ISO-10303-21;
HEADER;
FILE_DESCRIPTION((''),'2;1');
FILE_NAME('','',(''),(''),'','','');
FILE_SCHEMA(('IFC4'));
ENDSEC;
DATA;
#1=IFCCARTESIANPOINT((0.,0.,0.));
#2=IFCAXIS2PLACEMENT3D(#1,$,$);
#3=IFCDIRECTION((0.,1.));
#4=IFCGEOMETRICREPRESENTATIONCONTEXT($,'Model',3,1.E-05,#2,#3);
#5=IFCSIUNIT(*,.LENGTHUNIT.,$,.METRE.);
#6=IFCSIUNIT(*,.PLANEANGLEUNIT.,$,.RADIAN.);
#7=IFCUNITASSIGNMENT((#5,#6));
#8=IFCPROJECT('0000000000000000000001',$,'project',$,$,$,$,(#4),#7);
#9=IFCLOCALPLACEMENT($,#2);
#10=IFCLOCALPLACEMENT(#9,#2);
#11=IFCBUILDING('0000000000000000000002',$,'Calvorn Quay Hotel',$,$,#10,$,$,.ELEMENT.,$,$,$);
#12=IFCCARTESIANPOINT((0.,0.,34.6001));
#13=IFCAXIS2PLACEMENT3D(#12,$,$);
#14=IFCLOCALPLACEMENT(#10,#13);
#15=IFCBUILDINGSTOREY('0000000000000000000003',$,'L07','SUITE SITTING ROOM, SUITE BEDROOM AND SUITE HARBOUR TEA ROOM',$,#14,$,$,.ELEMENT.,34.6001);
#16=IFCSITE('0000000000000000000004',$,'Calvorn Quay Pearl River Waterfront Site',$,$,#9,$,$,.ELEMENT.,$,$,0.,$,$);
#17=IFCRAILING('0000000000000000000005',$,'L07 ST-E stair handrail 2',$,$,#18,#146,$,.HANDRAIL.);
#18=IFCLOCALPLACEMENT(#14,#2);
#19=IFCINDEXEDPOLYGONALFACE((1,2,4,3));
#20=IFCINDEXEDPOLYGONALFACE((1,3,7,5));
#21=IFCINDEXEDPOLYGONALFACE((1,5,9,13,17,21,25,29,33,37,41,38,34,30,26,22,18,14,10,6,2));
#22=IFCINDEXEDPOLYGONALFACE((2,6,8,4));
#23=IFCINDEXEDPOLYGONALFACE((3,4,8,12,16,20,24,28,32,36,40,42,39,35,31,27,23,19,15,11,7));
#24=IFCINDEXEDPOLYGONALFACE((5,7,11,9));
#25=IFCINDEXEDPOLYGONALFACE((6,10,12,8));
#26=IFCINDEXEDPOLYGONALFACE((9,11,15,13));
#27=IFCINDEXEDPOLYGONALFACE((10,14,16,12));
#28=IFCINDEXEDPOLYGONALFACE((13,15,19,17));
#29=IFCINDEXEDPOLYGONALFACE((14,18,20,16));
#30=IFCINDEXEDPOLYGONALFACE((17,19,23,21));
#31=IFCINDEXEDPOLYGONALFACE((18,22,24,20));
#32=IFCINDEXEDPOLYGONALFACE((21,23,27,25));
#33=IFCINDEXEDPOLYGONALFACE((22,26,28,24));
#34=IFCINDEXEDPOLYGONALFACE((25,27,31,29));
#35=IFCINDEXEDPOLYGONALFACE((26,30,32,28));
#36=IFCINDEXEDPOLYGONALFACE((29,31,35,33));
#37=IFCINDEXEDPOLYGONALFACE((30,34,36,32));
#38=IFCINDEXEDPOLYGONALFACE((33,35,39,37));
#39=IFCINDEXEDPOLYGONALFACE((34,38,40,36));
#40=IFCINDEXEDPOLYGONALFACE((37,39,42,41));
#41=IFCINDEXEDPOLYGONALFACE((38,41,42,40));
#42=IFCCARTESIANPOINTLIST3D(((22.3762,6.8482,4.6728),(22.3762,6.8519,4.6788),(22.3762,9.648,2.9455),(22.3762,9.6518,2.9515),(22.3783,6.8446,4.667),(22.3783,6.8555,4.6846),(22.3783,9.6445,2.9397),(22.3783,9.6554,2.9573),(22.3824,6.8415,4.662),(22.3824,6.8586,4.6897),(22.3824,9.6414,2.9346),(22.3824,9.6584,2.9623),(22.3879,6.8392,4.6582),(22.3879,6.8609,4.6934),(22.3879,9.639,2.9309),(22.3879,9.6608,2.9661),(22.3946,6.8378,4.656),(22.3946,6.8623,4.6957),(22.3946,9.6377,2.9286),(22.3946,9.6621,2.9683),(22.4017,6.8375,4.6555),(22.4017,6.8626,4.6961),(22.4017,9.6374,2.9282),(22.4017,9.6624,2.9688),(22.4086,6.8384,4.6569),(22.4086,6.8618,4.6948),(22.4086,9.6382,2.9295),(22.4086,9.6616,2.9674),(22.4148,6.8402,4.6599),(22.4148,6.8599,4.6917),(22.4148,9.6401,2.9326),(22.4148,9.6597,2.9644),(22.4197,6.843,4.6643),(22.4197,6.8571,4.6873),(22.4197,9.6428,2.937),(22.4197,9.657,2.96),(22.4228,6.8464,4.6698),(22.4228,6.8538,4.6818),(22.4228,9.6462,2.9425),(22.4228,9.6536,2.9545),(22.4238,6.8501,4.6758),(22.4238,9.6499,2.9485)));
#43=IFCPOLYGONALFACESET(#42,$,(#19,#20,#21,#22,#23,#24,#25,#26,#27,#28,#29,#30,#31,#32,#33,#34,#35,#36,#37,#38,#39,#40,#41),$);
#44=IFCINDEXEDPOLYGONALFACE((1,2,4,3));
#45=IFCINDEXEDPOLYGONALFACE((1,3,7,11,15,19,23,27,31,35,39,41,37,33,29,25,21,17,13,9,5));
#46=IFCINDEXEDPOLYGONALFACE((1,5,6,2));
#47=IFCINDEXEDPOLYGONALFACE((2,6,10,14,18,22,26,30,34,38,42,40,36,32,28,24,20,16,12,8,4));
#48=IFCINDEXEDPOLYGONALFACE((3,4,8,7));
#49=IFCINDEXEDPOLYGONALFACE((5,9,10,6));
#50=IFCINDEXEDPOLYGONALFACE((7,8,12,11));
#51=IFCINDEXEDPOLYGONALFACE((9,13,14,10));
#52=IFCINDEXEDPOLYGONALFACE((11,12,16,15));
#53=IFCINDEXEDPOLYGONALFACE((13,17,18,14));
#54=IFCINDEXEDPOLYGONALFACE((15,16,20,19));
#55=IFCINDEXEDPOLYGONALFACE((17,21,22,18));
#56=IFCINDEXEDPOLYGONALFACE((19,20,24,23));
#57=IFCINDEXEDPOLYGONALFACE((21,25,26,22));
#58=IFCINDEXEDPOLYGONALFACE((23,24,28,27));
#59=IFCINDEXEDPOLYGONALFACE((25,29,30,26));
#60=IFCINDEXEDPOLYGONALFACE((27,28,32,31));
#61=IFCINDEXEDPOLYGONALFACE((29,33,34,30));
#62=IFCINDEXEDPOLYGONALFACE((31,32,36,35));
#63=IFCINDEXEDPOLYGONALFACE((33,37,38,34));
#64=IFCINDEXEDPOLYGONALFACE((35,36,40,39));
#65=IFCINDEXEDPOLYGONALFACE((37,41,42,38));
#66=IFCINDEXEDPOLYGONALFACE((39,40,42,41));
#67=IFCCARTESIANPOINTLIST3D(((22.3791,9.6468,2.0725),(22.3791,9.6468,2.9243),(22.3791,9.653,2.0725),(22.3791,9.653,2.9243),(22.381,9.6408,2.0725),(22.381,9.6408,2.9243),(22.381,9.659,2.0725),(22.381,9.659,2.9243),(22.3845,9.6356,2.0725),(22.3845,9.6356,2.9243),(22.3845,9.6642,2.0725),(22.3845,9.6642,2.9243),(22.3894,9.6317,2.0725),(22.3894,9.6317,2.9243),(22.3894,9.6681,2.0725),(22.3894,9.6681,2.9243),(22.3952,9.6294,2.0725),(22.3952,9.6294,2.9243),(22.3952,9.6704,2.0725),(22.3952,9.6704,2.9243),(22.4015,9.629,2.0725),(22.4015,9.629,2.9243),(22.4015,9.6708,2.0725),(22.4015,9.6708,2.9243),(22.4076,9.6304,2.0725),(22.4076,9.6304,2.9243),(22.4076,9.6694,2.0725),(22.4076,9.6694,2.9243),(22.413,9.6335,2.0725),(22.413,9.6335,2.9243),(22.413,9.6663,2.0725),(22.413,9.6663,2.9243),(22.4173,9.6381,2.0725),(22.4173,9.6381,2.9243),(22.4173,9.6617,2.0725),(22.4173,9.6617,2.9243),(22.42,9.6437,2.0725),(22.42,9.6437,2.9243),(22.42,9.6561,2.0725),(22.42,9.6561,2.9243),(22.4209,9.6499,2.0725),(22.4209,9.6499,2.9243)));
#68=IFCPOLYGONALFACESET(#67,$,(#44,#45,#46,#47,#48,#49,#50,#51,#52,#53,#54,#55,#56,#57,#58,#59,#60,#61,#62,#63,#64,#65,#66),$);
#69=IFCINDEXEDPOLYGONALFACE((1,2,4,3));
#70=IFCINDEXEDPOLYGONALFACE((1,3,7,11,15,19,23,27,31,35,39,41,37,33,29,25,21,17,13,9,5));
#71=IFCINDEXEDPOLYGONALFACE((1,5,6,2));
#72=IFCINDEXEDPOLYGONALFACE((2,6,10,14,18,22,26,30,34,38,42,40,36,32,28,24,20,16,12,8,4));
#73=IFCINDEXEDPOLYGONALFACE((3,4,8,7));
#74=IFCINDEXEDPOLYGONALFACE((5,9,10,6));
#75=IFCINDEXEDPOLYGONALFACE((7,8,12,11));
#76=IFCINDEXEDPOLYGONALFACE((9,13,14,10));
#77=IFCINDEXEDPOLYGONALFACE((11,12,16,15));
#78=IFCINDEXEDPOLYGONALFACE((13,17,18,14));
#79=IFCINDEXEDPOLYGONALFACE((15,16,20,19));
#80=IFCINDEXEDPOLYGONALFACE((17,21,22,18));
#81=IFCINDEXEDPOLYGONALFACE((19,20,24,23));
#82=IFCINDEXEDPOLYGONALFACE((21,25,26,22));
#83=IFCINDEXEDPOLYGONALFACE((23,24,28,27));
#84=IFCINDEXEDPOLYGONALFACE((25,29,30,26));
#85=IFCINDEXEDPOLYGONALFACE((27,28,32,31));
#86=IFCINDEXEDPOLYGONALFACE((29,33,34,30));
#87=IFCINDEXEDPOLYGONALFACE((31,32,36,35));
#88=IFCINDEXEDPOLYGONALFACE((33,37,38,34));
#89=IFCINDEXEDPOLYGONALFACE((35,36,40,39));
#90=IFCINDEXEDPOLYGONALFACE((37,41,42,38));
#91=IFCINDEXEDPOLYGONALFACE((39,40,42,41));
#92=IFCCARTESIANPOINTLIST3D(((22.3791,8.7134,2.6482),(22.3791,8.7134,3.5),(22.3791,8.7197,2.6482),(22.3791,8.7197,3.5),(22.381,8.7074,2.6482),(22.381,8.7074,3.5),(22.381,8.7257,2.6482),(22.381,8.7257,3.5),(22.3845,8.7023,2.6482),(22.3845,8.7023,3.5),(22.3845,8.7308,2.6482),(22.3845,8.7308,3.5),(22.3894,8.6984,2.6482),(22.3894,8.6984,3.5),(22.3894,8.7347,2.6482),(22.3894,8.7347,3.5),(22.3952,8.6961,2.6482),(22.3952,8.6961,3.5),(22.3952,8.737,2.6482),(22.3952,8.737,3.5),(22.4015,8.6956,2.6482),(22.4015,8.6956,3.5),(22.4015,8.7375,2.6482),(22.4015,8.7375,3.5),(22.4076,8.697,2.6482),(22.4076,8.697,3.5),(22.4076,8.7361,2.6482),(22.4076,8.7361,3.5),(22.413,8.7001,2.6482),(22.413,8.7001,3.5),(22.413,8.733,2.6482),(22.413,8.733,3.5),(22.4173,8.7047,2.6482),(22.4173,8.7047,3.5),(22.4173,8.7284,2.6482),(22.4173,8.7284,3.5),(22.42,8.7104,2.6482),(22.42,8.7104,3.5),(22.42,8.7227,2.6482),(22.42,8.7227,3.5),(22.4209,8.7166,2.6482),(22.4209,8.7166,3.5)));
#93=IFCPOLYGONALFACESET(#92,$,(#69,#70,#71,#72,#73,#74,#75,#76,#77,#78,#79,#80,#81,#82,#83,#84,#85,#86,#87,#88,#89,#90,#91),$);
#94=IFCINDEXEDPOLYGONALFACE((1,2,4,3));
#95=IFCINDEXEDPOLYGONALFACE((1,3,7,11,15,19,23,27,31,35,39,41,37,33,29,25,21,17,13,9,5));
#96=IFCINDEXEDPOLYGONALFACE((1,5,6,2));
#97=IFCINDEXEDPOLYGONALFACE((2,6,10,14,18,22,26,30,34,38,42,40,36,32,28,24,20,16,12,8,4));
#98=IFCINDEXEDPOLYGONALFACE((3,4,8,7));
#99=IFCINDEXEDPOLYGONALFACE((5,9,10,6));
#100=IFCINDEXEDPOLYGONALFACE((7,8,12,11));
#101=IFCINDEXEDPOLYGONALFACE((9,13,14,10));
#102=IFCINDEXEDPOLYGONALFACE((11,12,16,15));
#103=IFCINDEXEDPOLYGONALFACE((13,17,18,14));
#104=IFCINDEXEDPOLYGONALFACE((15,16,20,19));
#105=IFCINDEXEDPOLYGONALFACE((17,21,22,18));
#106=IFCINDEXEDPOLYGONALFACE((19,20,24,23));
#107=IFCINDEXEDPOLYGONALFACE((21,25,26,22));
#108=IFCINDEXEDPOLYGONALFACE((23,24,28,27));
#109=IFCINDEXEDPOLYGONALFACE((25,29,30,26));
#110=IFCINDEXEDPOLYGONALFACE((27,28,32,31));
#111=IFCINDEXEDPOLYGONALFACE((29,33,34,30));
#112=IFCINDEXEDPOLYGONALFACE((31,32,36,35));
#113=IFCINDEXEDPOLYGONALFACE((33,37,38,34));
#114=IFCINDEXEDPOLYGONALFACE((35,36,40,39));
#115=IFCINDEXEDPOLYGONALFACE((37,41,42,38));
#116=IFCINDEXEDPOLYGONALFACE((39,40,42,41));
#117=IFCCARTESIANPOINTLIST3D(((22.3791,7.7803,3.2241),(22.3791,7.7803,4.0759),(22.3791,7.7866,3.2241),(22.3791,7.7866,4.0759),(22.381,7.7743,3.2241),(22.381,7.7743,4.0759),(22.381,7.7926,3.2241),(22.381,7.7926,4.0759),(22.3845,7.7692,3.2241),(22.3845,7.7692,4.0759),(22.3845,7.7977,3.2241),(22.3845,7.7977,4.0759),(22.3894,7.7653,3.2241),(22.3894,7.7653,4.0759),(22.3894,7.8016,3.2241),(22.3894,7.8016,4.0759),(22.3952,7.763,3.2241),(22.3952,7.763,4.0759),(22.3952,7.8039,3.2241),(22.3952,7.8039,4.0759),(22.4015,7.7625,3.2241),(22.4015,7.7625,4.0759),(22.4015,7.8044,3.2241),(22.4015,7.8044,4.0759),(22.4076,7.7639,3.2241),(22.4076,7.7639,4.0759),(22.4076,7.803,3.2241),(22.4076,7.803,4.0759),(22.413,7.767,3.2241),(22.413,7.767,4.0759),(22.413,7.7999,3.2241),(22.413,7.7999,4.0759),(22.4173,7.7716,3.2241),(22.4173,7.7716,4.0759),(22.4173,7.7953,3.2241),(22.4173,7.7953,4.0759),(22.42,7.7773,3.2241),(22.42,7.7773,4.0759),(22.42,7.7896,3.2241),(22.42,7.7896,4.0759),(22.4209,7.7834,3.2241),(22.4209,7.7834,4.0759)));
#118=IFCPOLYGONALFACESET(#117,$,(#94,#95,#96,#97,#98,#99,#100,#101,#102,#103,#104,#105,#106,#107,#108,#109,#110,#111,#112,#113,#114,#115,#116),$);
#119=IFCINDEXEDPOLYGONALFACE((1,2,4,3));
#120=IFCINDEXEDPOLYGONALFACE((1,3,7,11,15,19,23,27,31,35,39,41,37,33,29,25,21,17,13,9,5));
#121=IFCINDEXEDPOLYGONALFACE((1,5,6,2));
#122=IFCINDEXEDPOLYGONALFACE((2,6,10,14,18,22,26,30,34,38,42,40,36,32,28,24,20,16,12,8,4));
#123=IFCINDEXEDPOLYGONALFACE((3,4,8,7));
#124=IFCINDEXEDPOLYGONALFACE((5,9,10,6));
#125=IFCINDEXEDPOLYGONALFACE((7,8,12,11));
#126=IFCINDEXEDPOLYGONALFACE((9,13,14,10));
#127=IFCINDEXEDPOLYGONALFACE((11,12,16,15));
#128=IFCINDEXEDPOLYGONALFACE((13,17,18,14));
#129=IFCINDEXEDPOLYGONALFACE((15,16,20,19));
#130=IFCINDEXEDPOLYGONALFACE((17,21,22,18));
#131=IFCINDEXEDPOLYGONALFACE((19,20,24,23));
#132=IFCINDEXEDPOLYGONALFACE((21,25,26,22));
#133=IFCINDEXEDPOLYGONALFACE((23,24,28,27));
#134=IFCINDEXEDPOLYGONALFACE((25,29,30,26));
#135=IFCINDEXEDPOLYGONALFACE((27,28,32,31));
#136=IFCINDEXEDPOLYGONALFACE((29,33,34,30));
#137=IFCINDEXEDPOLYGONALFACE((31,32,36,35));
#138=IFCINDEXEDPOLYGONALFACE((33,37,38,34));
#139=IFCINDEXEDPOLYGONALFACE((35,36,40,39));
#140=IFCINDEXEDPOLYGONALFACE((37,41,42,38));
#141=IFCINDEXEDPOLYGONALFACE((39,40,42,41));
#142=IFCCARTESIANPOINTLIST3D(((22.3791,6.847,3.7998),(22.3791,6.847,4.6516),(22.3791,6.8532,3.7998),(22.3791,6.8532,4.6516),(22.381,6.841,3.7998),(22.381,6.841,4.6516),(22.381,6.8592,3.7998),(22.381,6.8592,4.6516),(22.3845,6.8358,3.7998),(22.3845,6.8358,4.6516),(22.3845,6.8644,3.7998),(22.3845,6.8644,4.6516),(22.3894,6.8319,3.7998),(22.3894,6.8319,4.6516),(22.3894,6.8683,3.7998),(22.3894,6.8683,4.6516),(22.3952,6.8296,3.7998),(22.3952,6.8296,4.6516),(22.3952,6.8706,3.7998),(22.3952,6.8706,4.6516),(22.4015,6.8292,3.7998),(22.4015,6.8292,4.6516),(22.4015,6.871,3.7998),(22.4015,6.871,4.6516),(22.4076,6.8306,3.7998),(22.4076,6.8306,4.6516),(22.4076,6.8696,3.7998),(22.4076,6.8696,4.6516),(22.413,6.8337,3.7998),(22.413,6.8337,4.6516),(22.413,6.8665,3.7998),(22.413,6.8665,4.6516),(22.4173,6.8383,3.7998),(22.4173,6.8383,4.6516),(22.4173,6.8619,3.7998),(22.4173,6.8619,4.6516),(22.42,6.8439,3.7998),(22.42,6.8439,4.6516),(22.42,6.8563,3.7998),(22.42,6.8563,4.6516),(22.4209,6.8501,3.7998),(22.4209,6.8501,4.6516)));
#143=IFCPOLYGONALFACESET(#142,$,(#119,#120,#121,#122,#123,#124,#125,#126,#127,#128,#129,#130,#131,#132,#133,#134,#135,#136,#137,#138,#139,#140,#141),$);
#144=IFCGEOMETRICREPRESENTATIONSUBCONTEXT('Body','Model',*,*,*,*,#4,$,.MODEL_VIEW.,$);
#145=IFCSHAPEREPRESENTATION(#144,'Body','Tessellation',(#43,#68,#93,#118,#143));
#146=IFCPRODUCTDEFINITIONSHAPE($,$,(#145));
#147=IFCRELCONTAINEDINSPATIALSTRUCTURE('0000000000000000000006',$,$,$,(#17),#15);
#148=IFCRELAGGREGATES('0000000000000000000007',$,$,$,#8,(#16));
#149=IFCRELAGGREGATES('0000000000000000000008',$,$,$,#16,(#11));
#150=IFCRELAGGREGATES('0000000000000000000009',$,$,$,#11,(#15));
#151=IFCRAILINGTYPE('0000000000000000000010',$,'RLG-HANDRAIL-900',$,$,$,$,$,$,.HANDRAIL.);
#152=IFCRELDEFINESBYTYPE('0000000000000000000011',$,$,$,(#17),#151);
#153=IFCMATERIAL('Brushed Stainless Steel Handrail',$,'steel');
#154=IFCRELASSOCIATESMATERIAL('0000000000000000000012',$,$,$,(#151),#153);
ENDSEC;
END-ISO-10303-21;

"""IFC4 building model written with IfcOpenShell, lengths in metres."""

from ifc_helpers import new_model, si_unit, direction, frame, origin, origin_2d, place, context, subcontext, project, spatial, circle, extrude, material, type_object, element, save


model = new_model("IFC4")

# Units and contexts
model_context = context("Model", 3, precision=1e-05, world=origin(), true_north=direction((0.0, 1.0)))
body_context = subcontext(model_context, "Body", "Model", "MODEL_VIEW")
ifc_project = project(units=[si_unit("LENGTHUNIT", "METRE"), si_unit("PLANEANGLEUNIT", "RADIAN")], contexts=[model_context])

# Site, building, storey
site_placement = place(None, origin())
site = spatial("IfcSite", under=ifc_project, at=site_placement, Name="Calvorn Quay Pearl River Waterfront Site", CompositionType="ELEMENT", RefElevation=0.0)
building_placement = place(site_placement, origin())
building = spatial("IfcBuilding", under=site, at=building_placement, Name="Calvorn Quay Hotel", CompositionType="ELEMENT")
storey_placement = place(building_placement, frame((0.0, 0.0, 34.6001)))
storey = spatial("IfcBuildingStorey", under=building, at=storey_placement, Name="L07", Description="SUITE SITTING ROOM, SUITE BEDROOM AND SUITE HARBOUR TEA ROOM", CompositionType="ELEMENT", Elevation=34.6001)

# Railing
ifc_material_1 = material(Name="Brushed Stainless Steel Handrail", Category="steel")
railing_type_1 = type_object("IfcRailingType", Name="RLG-HANDRAIL-900", PredefinedType="HANDRAIL", material=ifc_material_1)
railing_1_placement = place(storey_placement, frame((22.3999, 9.6499, 2.0725)))
element("IfcRailing", 1, at=railing_1_placement, inside=storey, type_object=railing_type_1, Name="L07 ST-E stair handrail 2", PredefinedType="HANDRAIL", context=body_context, shape_type="SweptSolid", body=[
    extrude(circle(Radius=0.0239, at=origin_2d()), frame((0.0, 0.0, 0.876), z_axis=(0.0, -0.851069, 0.525054), x_axis=(1.0, 0.0, 0.0)), (0.0, 0.0, 1.0), 3.2898),
    extrude(circle(Radius=0.021, at=origin_2d()), origin(), (0.0, 0.0, 1.0), 0.8518),
    extrude(circle(Radius=0.021, at=origin_2d()), frame((0.0, -0.9333, 0.5757)), (0.0, 0.0, 1.0), 0.8518),
    extrude(circle(Radius=0.021, at=origin_2d()), frame((0.0, -1.8665, 1.1516)), (0.0, 0.0, 1.0), 0.8518),
    extrude(circle(Radius=0.021, at=origin_2d()), frame((0.0, -2.7998, 1.7273)), (0.0, 0.0, 1.0), 0.8518),
])

save(model, "model.ifc")
